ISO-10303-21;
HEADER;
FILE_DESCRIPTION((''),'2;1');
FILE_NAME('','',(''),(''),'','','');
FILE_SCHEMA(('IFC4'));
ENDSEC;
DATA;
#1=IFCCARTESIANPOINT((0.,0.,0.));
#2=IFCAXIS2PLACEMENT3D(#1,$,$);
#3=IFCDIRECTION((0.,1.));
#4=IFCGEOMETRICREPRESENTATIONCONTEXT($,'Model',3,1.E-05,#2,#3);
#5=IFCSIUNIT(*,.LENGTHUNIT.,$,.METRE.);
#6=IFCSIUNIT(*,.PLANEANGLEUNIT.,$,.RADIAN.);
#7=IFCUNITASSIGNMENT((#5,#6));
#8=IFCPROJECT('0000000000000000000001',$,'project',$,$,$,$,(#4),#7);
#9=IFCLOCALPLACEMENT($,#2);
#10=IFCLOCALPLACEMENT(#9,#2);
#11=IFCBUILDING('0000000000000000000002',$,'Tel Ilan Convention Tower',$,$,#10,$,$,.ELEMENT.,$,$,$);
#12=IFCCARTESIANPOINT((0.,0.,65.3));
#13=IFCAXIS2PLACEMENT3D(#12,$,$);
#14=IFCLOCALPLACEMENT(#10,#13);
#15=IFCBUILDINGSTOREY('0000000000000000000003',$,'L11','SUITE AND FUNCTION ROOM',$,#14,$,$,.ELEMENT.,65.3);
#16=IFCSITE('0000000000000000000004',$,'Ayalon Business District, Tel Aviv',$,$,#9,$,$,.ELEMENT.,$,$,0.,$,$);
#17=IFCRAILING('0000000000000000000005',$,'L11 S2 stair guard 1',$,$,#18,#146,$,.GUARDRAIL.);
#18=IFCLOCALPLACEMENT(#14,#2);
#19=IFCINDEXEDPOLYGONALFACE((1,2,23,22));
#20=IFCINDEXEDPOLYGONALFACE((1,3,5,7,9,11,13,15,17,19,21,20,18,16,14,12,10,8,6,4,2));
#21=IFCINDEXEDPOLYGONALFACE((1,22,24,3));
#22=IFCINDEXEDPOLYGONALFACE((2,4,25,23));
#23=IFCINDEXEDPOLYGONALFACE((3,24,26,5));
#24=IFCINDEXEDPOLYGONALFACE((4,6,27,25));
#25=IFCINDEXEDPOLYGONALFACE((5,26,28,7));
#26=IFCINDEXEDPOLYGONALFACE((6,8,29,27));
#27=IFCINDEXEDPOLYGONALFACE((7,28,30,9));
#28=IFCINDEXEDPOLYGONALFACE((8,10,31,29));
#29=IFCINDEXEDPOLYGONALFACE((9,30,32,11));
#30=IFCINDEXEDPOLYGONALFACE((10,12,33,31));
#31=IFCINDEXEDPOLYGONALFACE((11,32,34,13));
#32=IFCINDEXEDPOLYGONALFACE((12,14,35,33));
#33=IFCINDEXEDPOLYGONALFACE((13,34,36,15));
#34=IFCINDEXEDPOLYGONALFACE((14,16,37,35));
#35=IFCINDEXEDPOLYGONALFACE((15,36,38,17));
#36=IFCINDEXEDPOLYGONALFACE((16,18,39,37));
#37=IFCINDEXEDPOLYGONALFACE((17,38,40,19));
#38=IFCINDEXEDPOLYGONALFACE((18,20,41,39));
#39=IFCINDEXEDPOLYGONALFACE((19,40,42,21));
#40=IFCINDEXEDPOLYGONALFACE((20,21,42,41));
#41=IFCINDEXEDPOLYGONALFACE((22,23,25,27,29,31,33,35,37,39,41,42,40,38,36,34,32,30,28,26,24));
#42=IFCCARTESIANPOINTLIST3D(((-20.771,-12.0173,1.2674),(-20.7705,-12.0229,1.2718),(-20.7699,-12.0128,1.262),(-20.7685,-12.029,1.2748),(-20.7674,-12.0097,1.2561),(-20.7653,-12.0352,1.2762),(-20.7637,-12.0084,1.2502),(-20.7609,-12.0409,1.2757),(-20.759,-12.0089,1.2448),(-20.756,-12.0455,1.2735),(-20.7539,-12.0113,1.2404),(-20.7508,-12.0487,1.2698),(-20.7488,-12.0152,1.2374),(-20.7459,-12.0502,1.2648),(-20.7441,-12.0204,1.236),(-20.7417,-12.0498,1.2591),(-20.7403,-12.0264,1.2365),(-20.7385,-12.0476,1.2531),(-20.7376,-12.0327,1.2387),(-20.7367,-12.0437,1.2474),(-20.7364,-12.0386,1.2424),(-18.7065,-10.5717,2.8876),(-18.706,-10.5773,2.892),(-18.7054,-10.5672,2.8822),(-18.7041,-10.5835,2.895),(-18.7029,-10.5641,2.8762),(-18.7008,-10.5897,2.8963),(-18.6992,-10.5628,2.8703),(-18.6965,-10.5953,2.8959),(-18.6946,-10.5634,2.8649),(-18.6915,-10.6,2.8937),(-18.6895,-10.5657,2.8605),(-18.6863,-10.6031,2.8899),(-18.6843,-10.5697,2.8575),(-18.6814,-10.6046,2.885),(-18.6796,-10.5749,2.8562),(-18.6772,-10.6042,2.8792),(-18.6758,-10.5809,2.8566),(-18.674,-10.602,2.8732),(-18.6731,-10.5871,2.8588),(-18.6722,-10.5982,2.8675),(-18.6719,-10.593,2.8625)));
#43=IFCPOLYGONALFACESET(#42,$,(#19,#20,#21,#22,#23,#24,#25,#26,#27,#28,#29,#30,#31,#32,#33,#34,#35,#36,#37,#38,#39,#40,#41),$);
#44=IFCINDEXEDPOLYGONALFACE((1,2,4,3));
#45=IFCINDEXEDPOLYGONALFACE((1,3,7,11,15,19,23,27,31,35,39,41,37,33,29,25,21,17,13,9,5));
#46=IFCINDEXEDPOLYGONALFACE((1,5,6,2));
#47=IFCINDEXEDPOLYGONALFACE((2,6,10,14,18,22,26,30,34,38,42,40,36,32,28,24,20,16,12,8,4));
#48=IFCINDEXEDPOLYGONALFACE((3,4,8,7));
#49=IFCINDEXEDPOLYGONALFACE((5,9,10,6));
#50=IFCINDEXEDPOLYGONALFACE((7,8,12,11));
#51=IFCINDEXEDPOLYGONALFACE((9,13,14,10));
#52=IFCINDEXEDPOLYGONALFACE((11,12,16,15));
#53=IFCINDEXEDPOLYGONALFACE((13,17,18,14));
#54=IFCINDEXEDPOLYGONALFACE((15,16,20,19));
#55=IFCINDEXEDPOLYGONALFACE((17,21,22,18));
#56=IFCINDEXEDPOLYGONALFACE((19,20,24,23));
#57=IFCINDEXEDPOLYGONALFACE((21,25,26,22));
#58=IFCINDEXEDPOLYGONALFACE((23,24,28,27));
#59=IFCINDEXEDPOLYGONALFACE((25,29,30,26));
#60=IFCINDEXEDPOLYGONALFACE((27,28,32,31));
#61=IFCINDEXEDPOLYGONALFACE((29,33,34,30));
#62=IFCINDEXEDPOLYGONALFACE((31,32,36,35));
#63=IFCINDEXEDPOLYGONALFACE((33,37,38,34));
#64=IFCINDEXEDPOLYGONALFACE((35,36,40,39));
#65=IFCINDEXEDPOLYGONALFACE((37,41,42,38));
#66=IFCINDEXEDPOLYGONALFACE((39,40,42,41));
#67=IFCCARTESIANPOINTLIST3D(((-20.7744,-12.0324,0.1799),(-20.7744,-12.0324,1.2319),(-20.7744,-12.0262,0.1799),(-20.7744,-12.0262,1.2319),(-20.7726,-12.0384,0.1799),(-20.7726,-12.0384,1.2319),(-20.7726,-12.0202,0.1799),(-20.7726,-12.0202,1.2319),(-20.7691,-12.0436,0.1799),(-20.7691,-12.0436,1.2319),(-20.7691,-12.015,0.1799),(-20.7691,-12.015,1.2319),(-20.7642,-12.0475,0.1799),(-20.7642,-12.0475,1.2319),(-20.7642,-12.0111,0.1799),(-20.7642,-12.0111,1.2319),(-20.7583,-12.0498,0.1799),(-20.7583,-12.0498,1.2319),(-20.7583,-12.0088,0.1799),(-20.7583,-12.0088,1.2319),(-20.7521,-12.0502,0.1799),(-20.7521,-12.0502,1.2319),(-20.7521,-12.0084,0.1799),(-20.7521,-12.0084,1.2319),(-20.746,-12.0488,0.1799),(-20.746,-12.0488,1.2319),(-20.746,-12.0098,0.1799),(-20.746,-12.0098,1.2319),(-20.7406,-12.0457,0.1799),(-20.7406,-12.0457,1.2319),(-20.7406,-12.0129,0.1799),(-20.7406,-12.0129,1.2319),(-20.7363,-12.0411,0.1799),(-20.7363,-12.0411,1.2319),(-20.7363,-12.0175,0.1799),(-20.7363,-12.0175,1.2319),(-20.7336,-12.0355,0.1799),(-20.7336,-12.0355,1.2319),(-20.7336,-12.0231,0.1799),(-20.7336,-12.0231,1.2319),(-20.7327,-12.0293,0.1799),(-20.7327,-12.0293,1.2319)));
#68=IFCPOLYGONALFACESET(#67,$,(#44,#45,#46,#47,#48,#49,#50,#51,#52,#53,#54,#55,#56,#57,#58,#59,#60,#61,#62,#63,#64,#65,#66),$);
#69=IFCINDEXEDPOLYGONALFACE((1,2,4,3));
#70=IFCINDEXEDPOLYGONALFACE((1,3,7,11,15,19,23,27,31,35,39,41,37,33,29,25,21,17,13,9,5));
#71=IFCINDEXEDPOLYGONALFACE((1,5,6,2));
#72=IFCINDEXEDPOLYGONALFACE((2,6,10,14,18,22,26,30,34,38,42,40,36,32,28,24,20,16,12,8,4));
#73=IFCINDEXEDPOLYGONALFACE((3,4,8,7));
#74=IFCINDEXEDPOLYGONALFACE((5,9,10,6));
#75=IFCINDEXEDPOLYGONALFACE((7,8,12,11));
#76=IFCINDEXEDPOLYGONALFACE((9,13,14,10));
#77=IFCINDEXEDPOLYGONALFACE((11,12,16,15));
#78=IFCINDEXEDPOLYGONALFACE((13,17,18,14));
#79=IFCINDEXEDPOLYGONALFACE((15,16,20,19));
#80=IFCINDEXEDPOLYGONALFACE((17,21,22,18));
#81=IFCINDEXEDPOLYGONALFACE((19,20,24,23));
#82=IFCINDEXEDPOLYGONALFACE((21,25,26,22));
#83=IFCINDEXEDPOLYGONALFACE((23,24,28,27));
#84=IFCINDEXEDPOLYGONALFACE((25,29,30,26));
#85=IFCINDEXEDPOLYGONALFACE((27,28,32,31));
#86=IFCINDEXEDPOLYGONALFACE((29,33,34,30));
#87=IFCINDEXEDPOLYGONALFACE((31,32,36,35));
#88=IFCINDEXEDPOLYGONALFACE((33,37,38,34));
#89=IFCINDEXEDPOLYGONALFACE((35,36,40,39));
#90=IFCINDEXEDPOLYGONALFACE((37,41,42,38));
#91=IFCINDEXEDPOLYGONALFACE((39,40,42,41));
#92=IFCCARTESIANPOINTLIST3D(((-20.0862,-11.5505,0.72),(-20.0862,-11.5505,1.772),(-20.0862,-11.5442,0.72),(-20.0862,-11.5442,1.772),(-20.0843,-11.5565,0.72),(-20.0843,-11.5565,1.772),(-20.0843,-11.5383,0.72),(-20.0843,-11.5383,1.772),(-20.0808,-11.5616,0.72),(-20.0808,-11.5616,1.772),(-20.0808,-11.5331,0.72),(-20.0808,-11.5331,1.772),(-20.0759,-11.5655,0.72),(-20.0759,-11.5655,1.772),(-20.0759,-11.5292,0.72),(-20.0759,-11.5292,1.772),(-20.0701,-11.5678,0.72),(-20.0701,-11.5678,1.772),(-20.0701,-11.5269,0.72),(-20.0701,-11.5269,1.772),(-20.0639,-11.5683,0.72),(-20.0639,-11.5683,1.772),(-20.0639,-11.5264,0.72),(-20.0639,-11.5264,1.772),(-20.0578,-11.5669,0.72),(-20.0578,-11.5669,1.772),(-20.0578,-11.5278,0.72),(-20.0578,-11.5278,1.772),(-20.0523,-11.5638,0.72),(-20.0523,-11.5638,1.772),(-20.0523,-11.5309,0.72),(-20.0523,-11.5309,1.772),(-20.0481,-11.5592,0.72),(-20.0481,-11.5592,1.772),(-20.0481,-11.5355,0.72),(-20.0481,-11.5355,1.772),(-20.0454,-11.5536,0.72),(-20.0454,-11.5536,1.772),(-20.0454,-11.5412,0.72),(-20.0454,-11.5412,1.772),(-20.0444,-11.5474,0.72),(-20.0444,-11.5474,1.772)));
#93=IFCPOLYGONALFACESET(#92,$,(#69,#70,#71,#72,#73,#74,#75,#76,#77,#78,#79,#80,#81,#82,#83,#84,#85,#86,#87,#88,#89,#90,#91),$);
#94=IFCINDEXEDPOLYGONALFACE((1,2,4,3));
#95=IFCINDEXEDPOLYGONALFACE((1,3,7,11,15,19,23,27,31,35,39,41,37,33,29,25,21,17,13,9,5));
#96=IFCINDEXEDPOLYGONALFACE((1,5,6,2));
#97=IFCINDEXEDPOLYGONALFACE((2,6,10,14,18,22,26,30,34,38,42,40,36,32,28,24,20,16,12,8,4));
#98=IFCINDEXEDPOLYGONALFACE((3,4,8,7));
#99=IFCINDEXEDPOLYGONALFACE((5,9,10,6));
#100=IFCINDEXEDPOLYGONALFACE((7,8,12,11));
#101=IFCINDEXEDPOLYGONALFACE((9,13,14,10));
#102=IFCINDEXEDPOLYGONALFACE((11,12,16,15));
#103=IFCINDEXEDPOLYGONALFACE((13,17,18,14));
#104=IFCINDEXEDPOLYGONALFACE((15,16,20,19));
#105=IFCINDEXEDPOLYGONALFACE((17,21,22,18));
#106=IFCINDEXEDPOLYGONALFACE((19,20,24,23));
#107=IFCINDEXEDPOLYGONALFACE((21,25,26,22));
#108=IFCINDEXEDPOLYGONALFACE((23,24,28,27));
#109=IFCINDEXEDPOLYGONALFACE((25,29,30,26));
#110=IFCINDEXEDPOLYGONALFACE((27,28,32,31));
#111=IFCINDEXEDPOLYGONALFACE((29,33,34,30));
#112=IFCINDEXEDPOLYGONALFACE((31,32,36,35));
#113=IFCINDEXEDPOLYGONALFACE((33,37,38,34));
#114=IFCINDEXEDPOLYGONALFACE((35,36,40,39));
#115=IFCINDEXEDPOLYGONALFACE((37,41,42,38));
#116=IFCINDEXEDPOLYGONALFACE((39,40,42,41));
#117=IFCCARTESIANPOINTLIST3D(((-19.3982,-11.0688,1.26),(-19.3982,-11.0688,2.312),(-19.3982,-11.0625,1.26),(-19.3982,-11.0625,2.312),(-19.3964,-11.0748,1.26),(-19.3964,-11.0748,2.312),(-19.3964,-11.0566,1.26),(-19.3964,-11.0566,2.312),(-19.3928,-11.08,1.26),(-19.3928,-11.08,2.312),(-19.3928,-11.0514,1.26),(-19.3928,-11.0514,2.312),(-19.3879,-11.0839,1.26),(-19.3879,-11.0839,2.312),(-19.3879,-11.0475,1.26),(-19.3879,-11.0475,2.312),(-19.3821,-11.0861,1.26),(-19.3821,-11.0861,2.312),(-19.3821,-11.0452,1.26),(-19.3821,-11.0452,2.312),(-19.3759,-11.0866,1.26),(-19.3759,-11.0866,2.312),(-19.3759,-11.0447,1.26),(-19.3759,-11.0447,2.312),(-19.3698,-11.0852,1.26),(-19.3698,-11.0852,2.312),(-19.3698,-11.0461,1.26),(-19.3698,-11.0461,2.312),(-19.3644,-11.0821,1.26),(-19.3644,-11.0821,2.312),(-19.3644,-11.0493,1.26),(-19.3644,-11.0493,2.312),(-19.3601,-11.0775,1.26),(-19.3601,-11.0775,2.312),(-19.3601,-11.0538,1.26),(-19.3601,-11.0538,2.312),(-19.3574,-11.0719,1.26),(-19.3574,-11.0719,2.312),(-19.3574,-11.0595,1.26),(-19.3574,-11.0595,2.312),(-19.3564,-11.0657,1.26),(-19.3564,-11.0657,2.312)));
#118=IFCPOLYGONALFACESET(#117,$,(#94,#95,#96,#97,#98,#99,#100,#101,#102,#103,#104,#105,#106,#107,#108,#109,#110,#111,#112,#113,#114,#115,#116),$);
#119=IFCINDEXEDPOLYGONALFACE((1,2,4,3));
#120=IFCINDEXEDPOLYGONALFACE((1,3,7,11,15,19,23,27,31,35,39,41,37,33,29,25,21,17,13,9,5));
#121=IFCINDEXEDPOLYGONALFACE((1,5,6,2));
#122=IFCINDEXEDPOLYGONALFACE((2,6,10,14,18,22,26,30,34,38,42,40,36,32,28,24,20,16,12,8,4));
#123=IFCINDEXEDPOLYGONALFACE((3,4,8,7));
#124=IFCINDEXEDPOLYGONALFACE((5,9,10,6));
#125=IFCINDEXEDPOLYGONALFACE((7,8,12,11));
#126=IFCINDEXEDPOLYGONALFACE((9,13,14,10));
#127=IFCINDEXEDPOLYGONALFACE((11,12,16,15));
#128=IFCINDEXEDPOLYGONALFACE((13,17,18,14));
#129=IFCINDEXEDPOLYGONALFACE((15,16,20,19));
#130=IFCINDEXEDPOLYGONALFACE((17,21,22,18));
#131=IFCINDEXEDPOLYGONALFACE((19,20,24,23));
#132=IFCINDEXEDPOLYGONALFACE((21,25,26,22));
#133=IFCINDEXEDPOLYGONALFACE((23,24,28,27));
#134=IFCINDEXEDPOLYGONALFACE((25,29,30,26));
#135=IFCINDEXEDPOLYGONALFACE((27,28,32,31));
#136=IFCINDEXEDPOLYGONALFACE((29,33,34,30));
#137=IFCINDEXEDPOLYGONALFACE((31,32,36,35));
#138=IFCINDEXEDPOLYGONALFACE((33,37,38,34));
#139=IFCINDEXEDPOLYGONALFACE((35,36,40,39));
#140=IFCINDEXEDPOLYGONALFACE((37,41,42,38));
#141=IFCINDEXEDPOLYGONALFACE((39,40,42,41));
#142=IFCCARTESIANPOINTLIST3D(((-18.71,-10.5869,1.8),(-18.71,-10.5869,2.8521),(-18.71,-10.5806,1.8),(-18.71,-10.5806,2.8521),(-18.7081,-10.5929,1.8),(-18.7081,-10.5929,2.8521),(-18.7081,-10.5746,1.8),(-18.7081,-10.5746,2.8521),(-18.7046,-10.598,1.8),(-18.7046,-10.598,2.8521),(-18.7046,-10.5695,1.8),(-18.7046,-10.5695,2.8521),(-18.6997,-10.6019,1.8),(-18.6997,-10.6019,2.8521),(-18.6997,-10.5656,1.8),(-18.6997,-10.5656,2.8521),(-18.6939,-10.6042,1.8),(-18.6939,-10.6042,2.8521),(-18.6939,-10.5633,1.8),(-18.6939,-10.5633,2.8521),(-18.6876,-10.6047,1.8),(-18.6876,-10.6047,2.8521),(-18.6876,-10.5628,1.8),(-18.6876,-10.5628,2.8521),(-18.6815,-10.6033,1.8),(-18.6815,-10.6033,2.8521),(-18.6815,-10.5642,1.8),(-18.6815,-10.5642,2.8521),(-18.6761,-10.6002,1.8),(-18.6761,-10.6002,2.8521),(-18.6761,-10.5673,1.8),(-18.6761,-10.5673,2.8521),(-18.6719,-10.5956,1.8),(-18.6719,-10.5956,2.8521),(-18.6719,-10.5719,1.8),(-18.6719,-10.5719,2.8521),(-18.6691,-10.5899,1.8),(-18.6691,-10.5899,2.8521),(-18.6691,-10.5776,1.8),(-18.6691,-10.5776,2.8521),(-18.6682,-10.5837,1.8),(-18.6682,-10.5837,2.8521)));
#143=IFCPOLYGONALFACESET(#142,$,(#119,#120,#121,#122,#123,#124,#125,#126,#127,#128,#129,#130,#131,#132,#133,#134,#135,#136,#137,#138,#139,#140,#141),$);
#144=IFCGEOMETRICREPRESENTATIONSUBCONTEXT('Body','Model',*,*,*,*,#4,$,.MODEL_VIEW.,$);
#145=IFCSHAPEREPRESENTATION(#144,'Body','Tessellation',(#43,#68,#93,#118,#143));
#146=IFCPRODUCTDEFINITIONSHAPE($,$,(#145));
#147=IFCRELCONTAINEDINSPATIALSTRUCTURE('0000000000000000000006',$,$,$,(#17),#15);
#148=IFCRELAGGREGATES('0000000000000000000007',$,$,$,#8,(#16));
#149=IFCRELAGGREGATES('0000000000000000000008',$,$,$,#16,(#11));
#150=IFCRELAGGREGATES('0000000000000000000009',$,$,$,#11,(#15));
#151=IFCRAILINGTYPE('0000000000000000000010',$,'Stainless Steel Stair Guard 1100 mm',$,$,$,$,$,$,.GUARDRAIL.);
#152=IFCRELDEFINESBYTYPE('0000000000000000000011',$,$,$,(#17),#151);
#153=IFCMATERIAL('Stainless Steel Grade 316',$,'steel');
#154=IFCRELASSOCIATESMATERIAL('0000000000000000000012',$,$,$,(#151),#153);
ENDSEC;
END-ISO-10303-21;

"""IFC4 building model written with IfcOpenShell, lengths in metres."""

from ifc_helpers import new_model, si_unit, direction, frame, origin, origin_2d, place, context, subcontext, project, spatial, circle, extrude, material, type_object, element, save


model = new_model("IFC4")

# Units and contexts
model_context = context("Model", 3, precision=1e-05, world=origin(), true_north=direction((0.0, 1.0)))
body_context = subcontext(model_context, "Body", "Model", "MODEL_VIEW")
ifc_project = project(units=[si_unit("LENGTHUNIT", "METRE"), si_unit("PLANEANGLEUNIT", "RADIAN")], contexts=[model_context])

# Site, building, storey
site_placement = place(None, origin())
site = spatial("IfcSite", under=ifc_project, at=site_placement, Name="Ayalon Business District, Tel Aviv", CompositionType="ELEMENT", RefElevation=0.0)
building_placement = place(site_placement, origin())
building = spatial("IfcBuilding", under=site, at=building_placement, Name="Tel Ilan Convention Tower", CompositionType="ELEMENT")
storey_placement = place(building_placement, frame((0.0, 0.0, 65.3)))
storey = spatial("IfcBuildingStorey", under=building, at=storey_placement, Name="L11", Description="SUITE AND FUNCTION ROOM", CompositionType="ELEMENT", Elevation=65.3)

# Railing
ifc_material_1 = material(Name="Stainless Steel Grade 316", Category="steel")
railing_type_1 = type_object("IfcRailingType", Name="Stainless Steel Stair Guard 1100 mm", PredefinedType="GUARDRAIL", material=ifc_material_1)
railing_1_placement = place(storey_placement, frame((-20.7537, -12.0293, 0.1799)))
element("IfcRailing", 1, at=railing_1_placement, inside=storey, type_object=railing_type_1, Name="L11 S2 stair guard 1", PredefinedType="GUARDRAIL", context=body_context, shape_type="SweptSolid", body=[
    extrude(circle(Radius=0.0239, at=origin_2d()), frame((0.0, 0.0, 1.0762), z_axis=(0.689056, 0.482486, 0.540749), x_axis=(-0.573579, 0.81915, 0.0)), (0.0, 0.0, 1.0), 2.9961),
    extrude(circle(Radius=0.021, at=origin_2d()), origin(), (0.0, 0.0, 1.0), 1.052),
    extrude(circle(Radius=0.021, at=origin_2d()), frame((0.6882, 0.4819, 0.54)), (0.0, 0.0, 1.0), 1.052),
    extrude(circle(Radius=0.021, at=origin_2d()), frame((1.3762, 0.9636, 1.0801)), (0.0, 0.0, 1.0), 1.052),
    extrude(circle(Radius=0.021, at=origin_2d()), frame((2.0645, 1.4456, 1.6201)), (0.0, 0.0, 1.0), 1.052),
])

save(model, "model.ifc")
